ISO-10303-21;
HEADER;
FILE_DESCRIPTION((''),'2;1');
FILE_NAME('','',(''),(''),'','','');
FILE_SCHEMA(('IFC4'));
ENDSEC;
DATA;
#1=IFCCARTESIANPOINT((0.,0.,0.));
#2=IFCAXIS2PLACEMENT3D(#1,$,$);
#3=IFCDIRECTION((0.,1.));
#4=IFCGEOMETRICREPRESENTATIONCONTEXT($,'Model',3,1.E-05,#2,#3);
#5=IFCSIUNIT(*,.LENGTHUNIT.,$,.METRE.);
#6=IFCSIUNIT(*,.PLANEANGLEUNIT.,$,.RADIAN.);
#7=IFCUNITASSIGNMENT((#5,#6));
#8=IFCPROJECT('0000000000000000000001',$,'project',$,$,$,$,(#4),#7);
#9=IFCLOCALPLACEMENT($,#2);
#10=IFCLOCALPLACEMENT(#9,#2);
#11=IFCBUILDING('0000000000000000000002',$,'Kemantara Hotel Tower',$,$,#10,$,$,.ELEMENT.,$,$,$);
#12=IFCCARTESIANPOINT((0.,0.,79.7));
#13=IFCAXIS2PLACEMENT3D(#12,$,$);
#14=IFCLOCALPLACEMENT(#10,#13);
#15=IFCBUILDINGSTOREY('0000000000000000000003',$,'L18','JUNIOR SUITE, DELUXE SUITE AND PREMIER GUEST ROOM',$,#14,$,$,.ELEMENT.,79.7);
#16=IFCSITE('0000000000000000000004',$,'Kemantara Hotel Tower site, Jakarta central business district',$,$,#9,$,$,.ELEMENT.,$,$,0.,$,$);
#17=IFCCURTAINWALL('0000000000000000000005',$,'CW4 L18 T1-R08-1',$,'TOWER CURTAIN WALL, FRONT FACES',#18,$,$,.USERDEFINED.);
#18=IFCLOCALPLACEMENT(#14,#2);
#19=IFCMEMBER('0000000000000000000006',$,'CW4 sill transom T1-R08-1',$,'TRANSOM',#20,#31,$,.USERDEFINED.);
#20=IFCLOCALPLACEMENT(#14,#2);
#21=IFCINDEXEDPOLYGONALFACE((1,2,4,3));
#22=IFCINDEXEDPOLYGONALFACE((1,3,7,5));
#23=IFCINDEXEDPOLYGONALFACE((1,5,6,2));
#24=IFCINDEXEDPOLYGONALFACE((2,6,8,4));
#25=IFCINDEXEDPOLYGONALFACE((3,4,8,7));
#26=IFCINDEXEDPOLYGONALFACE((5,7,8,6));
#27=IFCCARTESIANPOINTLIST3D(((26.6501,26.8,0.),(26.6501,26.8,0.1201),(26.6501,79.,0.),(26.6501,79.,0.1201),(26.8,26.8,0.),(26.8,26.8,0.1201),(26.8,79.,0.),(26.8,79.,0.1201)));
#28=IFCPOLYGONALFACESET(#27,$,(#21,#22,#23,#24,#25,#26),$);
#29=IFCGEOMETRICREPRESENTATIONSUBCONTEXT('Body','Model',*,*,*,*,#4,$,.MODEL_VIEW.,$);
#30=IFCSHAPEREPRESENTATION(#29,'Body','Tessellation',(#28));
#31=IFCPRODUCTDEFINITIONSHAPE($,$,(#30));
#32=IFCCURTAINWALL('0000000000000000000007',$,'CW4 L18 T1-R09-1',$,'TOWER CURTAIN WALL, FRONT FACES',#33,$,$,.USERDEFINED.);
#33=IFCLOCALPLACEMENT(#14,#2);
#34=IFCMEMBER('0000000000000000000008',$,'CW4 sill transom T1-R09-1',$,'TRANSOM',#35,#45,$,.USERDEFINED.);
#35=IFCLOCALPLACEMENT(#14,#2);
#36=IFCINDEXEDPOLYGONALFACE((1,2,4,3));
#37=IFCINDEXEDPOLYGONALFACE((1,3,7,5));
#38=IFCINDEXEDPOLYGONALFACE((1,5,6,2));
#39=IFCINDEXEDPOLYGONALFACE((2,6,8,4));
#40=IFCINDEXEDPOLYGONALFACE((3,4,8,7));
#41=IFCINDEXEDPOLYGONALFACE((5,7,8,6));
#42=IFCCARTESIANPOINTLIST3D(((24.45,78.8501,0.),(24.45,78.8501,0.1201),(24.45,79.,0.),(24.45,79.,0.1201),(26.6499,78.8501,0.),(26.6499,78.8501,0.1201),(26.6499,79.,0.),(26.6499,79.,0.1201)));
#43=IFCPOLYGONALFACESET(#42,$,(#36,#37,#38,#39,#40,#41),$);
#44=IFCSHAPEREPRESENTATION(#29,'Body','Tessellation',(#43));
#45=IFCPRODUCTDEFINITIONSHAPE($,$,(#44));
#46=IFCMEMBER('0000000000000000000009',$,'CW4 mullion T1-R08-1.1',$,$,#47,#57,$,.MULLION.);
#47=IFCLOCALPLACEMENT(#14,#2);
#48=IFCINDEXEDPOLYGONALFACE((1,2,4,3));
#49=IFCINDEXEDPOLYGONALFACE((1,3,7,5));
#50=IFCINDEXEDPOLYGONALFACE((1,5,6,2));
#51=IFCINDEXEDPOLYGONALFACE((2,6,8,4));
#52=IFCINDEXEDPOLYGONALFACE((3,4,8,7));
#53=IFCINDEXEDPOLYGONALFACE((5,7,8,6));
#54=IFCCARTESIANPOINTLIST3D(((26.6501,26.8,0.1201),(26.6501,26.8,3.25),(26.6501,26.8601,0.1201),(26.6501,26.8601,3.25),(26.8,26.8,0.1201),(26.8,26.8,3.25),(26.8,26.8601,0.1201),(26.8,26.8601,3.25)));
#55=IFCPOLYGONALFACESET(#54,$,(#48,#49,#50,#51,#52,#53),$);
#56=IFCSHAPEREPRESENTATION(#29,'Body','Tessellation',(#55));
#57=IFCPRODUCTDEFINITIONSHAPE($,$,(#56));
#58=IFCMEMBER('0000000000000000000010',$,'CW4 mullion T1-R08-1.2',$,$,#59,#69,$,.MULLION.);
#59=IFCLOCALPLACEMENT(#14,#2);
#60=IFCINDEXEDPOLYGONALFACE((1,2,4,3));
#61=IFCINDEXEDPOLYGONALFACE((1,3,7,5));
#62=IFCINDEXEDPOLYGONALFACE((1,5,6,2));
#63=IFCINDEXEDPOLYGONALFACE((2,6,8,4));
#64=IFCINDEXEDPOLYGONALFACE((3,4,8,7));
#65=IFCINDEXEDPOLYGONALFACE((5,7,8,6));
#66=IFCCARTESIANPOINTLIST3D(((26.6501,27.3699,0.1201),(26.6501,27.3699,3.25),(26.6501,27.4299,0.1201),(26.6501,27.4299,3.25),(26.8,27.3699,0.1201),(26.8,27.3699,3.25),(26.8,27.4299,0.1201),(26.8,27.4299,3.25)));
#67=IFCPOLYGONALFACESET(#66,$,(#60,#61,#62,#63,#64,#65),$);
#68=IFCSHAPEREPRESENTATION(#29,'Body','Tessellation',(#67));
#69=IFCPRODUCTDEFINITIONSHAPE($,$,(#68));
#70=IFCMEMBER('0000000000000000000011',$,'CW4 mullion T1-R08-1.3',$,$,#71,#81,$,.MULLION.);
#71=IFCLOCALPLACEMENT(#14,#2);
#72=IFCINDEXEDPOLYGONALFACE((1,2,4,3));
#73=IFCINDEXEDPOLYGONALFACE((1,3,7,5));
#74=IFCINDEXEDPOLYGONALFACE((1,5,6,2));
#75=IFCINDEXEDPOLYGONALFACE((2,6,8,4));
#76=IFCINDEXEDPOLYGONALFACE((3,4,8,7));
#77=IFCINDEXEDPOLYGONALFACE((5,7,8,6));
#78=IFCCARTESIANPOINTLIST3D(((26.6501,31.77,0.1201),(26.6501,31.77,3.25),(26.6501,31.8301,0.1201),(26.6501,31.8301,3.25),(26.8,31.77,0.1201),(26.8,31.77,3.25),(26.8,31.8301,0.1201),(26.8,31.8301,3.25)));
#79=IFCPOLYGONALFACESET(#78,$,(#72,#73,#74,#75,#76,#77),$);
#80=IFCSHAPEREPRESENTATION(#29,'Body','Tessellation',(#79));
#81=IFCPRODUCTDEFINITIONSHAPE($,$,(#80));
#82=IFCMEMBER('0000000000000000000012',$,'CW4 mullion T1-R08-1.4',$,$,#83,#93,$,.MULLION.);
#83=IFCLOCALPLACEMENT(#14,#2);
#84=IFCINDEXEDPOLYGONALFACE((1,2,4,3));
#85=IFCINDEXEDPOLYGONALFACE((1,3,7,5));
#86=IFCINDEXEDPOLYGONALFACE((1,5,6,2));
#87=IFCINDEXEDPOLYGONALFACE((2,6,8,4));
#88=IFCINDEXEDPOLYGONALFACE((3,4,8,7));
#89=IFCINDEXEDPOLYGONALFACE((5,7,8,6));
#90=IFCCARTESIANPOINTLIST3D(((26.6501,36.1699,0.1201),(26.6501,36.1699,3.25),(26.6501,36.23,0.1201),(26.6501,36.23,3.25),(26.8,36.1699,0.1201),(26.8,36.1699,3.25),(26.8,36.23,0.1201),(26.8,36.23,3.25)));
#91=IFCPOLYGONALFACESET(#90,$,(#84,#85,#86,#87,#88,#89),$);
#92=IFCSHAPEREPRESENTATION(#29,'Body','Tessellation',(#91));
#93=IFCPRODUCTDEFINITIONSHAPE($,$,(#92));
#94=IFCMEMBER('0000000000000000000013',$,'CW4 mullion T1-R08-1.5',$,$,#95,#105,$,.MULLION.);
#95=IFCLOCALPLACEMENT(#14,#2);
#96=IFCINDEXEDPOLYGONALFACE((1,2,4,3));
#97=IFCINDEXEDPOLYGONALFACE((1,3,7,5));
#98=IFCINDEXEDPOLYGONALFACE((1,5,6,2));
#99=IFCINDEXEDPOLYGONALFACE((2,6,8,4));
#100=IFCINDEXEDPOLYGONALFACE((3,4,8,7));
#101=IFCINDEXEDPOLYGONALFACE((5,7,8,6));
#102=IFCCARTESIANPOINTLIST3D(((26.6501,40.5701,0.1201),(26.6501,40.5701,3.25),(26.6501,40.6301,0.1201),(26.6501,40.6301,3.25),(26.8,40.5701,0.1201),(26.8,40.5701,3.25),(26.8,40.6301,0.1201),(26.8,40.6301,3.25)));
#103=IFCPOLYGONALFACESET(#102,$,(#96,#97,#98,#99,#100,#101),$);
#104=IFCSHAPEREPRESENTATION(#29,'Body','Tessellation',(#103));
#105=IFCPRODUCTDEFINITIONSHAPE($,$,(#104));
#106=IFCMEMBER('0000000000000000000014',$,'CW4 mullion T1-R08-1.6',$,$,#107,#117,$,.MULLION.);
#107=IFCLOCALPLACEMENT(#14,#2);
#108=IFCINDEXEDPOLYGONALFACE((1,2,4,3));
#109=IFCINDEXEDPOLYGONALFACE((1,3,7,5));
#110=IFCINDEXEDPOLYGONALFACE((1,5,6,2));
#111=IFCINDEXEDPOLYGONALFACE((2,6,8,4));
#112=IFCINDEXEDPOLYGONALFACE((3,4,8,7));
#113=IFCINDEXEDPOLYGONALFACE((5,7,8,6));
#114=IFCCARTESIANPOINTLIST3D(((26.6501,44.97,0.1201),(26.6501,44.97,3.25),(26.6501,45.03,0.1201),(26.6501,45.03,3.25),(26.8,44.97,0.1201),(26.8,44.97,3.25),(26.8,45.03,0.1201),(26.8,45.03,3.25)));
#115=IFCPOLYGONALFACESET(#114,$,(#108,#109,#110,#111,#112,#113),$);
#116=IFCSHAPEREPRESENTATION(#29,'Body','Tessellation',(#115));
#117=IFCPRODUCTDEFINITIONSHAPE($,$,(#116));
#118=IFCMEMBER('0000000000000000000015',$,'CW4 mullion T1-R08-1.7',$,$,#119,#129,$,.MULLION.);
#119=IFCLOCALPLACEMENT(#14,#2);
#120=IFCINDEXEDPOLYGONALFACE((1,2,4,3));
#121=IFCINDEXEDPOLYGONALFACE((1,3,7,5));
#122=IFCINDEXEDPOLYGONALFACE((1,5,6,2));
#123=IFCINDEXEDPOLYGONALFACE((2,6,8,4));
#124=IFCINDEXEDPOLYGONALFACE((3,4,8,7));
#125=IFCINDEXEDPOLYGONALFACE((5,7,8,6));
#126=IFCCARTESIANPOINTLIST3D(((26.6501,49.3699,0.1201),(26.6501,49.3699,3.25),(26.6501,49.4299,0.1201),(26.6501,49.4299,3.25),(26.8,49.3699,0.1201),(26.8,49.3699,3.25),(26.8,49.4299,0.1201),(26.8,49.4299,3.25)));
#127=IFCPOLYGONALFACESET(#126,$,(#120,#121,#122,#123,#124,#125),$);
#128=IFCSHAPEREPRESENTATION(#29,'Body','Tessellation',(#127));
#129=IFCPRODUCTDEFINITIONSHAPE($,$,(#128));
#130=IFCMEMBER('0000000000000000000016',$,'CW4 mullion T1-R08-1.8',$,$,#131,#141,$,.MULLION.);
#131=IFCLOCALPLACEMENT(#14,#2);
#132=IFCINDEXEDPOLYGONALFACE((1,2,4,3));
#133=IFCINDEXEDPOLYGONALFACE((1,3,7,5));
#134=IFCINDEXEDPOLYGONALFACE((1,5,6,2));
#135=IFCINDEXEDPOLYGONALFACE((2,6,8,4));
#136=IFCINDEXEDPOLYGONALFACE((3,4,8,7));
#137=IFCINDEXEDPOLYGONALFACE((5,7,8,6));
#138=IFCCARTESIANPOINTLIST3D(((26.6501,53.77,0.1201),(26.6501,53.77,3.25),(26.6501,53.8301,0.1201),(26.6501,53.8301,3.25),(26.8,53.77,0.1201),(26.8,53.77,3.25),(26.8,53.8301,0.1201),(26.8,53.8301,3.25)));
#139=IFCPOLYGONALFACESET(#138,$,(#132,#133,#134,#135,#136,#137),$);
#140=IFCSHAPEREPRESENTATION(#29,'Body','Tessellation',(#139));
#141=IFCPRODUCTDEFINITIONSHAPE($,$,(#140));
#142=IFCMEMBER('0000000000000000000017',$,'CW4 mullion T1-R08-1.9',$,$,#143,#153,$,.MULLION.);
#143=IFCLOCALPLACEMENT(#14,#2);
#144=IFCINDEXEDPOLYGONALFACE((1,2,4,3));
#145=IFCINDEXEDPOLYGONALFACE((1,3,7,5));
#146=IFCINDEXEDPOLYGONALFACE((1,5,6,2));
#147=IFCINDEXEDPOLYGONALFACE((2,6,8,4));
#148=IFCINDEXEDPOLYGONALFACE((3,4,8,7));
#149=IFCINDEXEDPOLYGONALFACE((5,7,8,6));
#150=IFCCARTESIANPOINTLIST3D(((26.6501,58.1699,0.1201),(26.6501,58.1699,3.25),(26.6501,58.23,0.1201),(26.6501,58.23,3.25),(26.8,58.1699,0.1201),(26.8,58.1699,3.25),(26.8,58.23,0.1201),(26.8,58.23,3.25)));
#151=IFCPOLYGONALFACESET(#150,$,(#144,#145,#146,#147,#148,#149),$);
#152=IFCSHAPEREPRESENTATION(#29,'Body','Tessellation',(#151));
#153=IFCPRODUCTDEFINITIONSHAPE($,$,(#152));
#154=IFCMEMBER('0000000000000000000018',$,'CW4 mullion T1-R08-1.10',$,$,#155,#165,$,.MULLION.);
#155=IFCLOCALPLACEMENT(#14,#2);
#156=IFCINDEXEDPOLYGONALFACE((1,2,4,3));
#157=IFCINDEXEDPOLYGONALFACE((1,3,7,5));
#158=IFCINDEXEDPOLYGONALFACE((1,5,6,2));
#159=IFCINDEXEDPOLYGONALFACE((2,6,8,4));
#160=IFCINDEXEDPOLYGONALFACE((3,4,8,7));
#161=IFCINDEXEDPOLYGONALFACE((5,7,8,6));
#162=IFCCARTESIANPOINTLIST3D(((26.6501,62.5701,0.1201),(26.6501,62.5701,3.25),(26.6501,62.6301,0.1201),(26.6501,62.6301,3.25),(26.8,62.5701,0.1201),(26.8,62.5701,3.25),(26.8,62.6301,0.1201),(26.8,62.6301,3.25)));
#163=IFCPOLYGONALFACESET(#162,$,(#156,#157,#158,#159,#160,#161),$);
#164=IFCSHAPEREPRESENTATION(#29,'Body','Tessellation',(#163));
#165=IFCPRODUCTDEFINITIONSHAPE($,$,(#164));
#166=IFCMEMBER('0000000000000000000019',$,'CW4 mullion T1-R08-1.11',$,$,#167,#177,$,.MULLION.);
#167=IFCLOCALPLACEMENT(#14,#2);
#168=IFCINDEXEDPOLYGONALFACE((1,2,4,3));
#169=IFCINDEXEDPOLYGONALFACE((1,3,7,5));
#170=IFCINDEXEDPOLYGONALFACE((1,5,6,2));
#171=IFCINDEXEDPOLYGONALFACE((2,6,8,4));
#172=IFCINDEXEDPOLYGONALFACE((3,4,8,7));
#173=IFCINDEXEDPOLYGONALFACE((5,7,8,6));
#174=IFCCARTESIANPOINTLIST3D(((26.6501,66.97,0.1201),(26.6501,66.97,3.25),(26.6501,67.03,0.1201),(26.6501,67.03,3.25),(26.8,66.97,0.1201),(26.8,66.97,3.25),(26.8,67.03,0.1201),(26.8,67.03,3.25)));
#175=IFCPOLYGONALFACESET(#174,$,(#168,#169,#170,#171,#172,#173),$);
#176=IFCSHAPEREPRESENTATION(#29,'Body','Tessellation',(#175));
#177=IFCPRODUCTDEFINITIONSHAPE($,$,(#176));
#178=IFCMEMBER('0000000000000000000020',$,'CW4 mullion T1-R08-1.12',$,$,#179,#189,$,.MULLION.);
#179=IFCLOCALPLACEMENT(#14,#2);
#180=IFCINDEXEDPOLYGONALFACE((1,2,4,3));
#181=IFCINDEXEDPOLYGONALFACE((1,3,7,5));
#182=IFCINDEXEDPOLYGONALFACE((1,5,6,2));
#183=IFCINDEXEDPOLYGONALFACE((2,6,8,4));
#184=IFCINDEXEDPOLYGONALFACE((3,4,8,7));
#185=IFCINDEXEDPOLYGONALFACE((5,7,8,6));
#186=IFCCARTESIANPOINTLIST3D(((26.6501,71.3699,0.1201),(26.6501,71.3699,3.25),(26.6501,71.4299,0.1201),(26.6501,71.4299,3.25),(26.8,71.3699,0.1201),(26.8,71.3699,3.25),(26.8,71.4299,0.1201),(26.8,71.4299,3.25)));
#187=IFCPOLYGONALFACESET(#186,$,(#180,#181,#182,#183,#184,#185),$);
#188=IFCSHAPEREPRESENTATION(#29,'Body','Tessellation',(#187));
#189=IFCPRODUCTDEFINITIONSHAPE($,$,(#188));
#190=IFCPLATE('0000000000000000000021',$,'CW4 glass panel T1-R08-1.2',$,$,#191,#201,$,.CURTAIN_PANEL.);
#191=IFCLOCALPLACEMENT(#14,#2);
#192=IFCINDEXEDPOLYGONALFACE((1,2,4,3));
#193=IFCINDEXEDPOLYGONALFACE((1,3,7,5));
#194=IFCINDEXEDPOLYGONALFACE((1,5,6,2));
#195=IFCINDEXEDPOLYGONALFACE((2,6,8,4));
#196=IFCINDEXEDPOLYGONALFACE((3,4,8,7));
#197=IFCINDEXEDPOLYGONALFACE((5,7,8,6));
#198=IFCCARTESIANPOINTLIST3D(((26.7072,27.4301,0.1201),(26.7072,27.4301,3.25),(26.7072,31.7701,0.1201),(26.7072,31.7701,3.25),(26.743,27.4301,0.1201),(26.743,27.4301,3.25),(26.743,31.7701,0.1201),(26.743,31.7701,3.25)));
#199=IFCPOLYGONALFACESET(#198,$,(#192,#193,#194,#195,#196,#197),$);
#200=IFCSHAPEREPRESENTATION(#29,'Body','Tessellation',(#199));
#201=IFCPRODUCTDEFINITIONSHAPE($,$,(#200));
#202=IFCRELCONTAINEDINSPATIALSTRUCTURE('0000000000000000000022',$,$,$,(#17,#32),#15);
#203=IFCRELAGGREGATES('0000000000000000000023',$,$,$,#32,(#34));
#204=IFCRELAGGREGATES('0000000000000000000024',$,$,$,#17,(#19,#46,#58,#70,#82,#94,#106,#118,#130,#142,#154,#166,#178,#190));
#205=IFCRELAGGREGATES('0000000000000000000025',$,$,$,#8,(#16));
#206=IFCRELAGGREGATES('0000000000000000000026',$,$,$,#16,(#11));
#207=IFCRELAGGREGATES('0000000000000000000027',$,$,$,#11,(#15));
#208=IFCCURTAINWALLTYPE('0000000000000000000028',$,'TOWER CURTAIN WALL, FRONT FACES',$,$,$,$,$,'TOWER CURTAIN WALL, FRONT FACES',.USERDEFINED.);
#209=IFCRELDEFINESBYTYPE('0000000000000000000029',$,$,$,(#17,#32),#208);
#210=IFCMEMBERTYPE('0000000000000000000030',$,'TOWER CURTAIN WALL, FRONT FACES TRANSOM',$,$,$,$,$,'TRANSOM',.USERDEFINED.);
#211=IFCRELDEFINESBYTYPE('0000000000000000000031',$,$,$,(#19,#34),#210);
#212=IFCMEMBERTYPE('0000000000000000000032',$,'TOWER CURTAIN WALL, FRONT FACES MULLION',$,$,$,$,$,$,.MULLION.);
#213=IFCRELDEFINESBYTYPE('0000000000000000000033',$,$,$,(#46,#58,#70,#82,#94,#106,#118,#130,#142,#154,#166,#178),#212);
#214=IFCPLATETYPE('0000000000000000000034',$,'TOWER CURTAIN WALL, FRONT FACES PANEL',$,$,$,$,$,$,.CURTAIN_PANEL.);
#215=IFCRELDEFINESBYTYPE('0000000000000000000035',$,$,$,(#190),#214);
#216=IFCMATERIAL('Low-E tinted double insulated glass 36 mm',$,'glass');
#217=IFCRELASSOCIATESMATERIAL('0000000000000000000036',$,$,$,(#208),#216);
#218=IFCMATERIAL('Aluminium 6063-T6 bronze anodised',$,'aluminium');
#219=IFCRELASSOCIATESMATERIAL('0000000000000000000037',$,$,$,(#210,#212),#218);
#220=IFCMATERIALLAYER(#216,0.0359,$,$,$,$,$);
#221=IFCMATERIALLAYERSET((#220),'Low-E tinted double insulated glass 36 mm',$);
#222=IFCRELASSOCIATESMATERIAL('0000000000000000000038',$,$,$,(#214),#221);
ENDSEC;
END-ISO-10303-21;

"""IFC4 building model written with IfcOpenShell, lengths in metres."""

from ifc_helpers import new_model, si_unit, direction, frame, origin, origin_2d, place, context, subcontext, project, spatial, rectangle, extrude, source, transform, mapped, material, layer, layer_set, material_profile, profile_set, type_object, element, aggregate, save


model = new_model("IFC4")

# Units and contexts
model_context = context("Model", 3, precision=1e-05, world=origin(), true_north=direction((0.0, 1.0)))
body_context = subcontext(model_context, "Body", "Model", "MODEL_VIEW")
ifc_project = project(units=[si_unit("LENGTHUNIT", "METRE"), si_unit("PLANEANGLEUNIT", "RADIAN")], contexts=[model_context])

# Site, building, storey
site_placement = place(None, origin())
site = spatial("IfcSite", under=ifc_project, at=site_placement, Name="Kemantara Hotel Tower site, Jakarta central business district", CompositionType="ELEMENT", RefElevation=0.0)
building_placement = place(site_placement, origin())
building = spatial("IfcBuilding", under=site, at=building_placement, Name="Kemantara Hotel Tower", CompositionType="ELEMENT")
storey_placement = place(building_placement, frame((0.0, 0.0, 79.7)))
storey = spatial("IfcBuildingStorey", under=building, at=storey_placement, Name="L18", Description="JUNIOR SUITE, DELUXE SUITE AND PREMIER GUEST ROOM", CompositionType="ELEMENT", Elevation=79.7)

# Curtain walls, members
ifc_material_1 = material(Name="Low-E tinted double insulated glass 36 mm", Category="glass")
curtain_wall_type = type_object("IfcCurtainWallType", Name="TOWER CURTAIN WALL, FRONT FACES", ElementType="TOWER CURTAIN WALL, FRONT FACES", PredefinedType="USERDEFINED", material=ifc_material_1)
curtain_wall_1_placement = place(storey_placement, origin())
curtain_wall_1 = element("IfcCurtainWall", 1, at=curtain_wall_1_placement, inside=storey, type_object=curtain_wall_type, Name="CW4 L18 T1-R08-1", ObjectType="TOWER CURTAIN WALL, FRONT FACES", PredefinedType="USERDEFINED")
ifc_material_2 = material(Name="Aluminium 6063-T6 bronze anodised", Category="aluminium")
ifc_material_profile_1 = material_profile(ifc_material_2, rectangle(XDim=0.1499, YDim=0.1201, at=origin_2d()), Name="TOWER CURTAIN WALL, FRONT FACES TRANSOM")
ifc_profile_set_1 = profile_set([ifc_material_profile_1], Name="Aluminium 6063-T6 bronze anodised")
member_type_1 = type_object("IfcMemberType", Name="TOWER CURTAIN WALL, FRONT FACES TRANSOM", ElementType="TRANSOM", PredefinedType="USERDEFINED", material=ifc_profile_set_1)
member_1_placement = place(storey_placement, frame((26.7251, 26.8, 0.0601), z_axis=(0.0, 1.0, 0.0), x_axis=(-1.0, 0.0, 0.0)))
member_1 = element("IfcMember", 2, at=member_1_placement, type_object=member_type_1, Name="CW4 sill transom T1-R08-1", ObjectType="TRANSOM", PredefinedType="USERDEFINED", context=body_context, shape_type="SweptSolid", body=[
    extrude(rectangle(XDim=0.1499, YDim=0.1201, at=origin_2d()), origin(), (0.0, 0.0, 1.0), 52.2),
])
curtain_wall_2_placement = place(storey_placement, origin())
curtain_wall_2 = element("IfcCurtainWall", 3, at=curtain_wall_2_placement, inside=storey, type_object=curtain_wall_type, Name="CW4 L18 T1-R09-1", ObjectType="TOWER CURTAIN WALL, FRONT FACES", PredefinedType="USERDEFINED")
member_2_placement = place(storey_placement, frame((26.6499, 78.925, 0.0601), z_axis=(-1.0, 0.0, 0.0), x_axis=(0.0, -1.0, 0.0)))
member_2 = element("IfcMember", 4, at=member_2_placement, type_object=member_type_1, Name="CW4 sill transom T1-R09-1", ObjectType="TRANSOM", PredefinedType="USERDEFINED", context=body_context, shape_type="SweptSolid", body=[
    extrude(rectangle(XDim=0.1499, YDim=0.1201, at=origin_2d()), origin(), (0.0, 0.0, 1.0), 2.2),
])
aggregate(curtain_wall_2, [member_2])

# Members
ifc_material_profile_2 = material_profile(ifc_material_2, rectangle(XDim=0.1499, YDim=0.0601, at=origin_2d()), Name="TOWER CURTAIN WALL, FRONT FACES MULLION")
ifc_profile_set_2 = profile_set([ifc_material_profile_2], Name="Aluminium 6063-T6 bronze anodised")
member_type_2 = type_object("IfcMemberType", Name="TOWER CURTAIN WALL, FRONT FACES MULLION", PredefinedType="MULLION", material=ifc_profile_set_2)
shared_shape_1 = source(origin(), body_context, "Body", "SweptSolid", [
    extrude(rectangle(XDim=0.1499, YDim=0.0601, at=origin_2d()), origin(), (0.0, 0.0, 1.0), 3.1299),
])
member_3_placement = place(storey_placement, frame((26.7251, 26.8301, 0.1201), z_axis=(0.0, 0.0, 1.0), x_axis=(-1.0, 0.0, 0.0)))
member_3 = element("IfcMember", 5, at=member_3_placement, type_object=member_type_2, Name="CW4 mullion T1-R08-1.1", PredefinedType="MULLION", context=body_context, shape_type="MappedRepresentation", body=[
    mapped(shared_shape_1, transform((0.0, 0.0, 0.0))),
])
member_4_placement = place(storey_placement, frame((26.7251, 27.3999, 0.1201), z_axis=(0.0, 0.0, 1.0), x_axis=(-1.0, 0.0, 0.0)))
member_4 = element("IfcMember", 6, at=member_4_placement, type_object=member_type_2, Name="CW4 mullion T1-R08-1.2", PredefinedType="MULLION", context=body_context, shape_type="MappedRepresentation", body=[
    mapped(shared_shape_1, transform((0.0, 0.0, 0.0))),
])
member_5_placement = place(storey_placement, frame((26.7251, 31.8, 0.1201), z_axis=(0.0, 0.0, 1.0), x_axis=(-1.0, 0.0, 0.0)))
member_5 = element("IfcMember", 7, at=member_5_placement, type_object=member_type_2, Name="CW4 mullion T1-R08-1.3", PredefinedType="MULLION", context=body_context, shape_type="MappedRepresentation", body=[
    mapped(shared_shape_1, transform((0.0, 0.0, 0.0))),
])
member_6_placement = place(storey_placement, frame((26.7251, 36.2, 0.1201), z_axis=(0.0, 0.0, 1.0), x_axis=(-1.0, 0.0, 0.0)))
member_6 = element("IfcMember", 8, at=member_6_placement, type_object=member_type_2, Name="CW4 mullion T1-R08-1.4", PredefinedType="MULLION", context=body_context, shape_type="MappedRepresentation", body=[
    mapped(shared_shape_1, transform((0.0, 0.0, 0.0))),
])
member_7_placement = place(storey_placement, frame((26.7251, 40.6001, 0.1201), z_axis=(0.0, 0.0, 1.0), x_axis=(-1.0, 0.0, 0.0)))
member_7 = element("IfcMember", 9, at=member_7_placement, type_object=member_type_2, Name="CW4 mullion T1-R08-1.5", PredefinedType="MULLION", context=body_context, shape_type="MappedRepresentation", body=[
    mapped(shared_shape_1, transform((0.0, 0.0, 0.0))),
])
member_8_placement = place(storey_placement, frame((26.7251, 45.0, 0.1201), z_axis=(0.0, 0.0, 1.0), x_axis=(-1.0, 0.0, 0.0)))
member_8 = element("IfcMember", 10, at=member_8_placement, type_object=member_type_2, Name="CW4 mullion T1-R08-1.6", PredefinedType="MULLION", context=body_context, shape_type="MappedRepresentation", body=[
    mapped(shared_shape_1, transform((0.0, 0.0, 0.0))),
])
member_9_placement = place(storey_placement, frame((26.7251, 49.3999, 0.1201), z_axis=(0.0, 0.0, 1.0), x_axis=(-1.0, 0.0, 0.0)))
member_9 = element("IfcMember", 11, at=member_9_placement, type_object=member_type_2, Name="CW4 mullion T1-R08-1.7", PredefinedType="MULLION", context=body_context, shape_type="MappedRepresentation", body=[
    mapped(shared_shape_1, transform((0.0, 0.0, 0.0))),
])
member_10_placement = place(storey_placement, frame((26.7251, 53.8, 0.1201), z_axis=(0.0, 0.0, 1.0), x_axis=(-1.0, 0.0, 0.0)))
member_10 = element("IfcMember", 12, at=member_10_placement, type_object=member_type_2, Name="CW4 mullion T1-R08-1.8", PredefinedType="MULLION", context=body_context, shape_type="MappedRepresentation", body=[
    mapped(shared_shape_1, transform((0.0, 0.0, 0.0))),
])
member_11_placement = place(storey_placement, frame((26.7251, 58.2, 0.1201), z_axis=(0.0, 0.0, 1.0), x_axis=(-1.0, 0.0, 0.0)))
member_11 = element("IfcMember", 13, at=member_11_placement, type_object=member_type_2, Name="CW4 mullion T1-R08-1.9", PredefinedType="MULLION", context=body_context, shape_type="MappedRepresentation", body=[
    mapped(shared_shape_1, transform((0.0, 0.0, 0.0))),
])
member_12_placement = place(storey_placement, frame((26.7251, 62.6001, 0.1201), z_axis=(0.0, 0.0, 1.0), x_axis=(-1.0, 0.0, 0.0)))
member_12 = element("IfcMember", 14, at=member_12_placement, type_object=member_type_2, Name="CW4 mullion T1-R08-1.10", PredefinedType="MULLION", context=body_context, shape_type="MappedRepresentation", body=[
    mapped(shared_shape_1, transform((0.0, 0.0, 0.0))),
])
member_13_placement = place(storey_placement, frame((26.7251, 67.0, 0.1201), z_axis=(0.0, 0.0, 1.0), x_axis=(-1.0, 0.0, 0.0)))
member_13 = element("IfcMember", 15, at=member_13_placement, type_object=member_type_2, Name="CW4 mullion T1-R08-1.11", PredefinedType="MULLION", context=body_context, shape_type="MappedRepresentation", body=[
    mapped(shared_shape_1, transform((0.0, 0.0, 0.0))),
])
member_14_placement = place(storey_placement, frame((26.7251, 71.3999, 0.1201), z_axis=(0.0, 0.0, 1.0), x_axis=(-1.0, 0.0, 0.0)))
member_14 = element("IfcMember", 16, at=member_14_placement, type_object=member_type_2, Name="CW4 mullion T1-R08-1.12", PredefinedType="MULLION", context=body_context, shape_type="MappedRepresentation", body=[
    mapped(shared_shape_1, transform((0.0, 0.0, 0.0))),
])

# Plate
ifc_layer = layer(ifc_material_1, 0.0359)
ifc_layer_set = layer_set([ifc_layer], Name="Low-E tinted double insulated glass 36 mm")
plate_type = type_object("IfcPlateType", Name="TOWER CURTAIN WALL, FRONT FACES PANEL", PredefinedType="CURTAIN_PANEL", material=ifc_layer_set)
shared_shape_2 = source(origin(), body_context, "Body", "SweptSolid", [
    extrude(rectangle(XDim=4.3401, YDim=0.0359, at=origin_2d()), origin(), (0.0, 0.0, 1.0), 3.1299),
])
plate_1_placement = place(storey_placement, frame((26.7251, 29.6001, 0.1201), z_axis=(0.0, 0.0, 1.0), x_axis=(0.0, 1.0, 0.0)))
plate_1 = element("IfcPlate", 17, at=plate_1_placement, type_object=plate_type, Name="CW4 glass panel T1-R08-1.2", PredefinedType="CURTAIN_PANEL", context=body_context, shape_type="MappedRepresentation", body=[
    mapped(shared_shape_2, transform((0.0, 0.0, 0.0))),
])
aggregate(curtain_wall_1, [member_1, member_3, member_4, member_5, member_6, member_7, member_8, member_9, member_10, member_11, member_12, member_13, member_14, plate_1])

save(model, "model.ifc")
